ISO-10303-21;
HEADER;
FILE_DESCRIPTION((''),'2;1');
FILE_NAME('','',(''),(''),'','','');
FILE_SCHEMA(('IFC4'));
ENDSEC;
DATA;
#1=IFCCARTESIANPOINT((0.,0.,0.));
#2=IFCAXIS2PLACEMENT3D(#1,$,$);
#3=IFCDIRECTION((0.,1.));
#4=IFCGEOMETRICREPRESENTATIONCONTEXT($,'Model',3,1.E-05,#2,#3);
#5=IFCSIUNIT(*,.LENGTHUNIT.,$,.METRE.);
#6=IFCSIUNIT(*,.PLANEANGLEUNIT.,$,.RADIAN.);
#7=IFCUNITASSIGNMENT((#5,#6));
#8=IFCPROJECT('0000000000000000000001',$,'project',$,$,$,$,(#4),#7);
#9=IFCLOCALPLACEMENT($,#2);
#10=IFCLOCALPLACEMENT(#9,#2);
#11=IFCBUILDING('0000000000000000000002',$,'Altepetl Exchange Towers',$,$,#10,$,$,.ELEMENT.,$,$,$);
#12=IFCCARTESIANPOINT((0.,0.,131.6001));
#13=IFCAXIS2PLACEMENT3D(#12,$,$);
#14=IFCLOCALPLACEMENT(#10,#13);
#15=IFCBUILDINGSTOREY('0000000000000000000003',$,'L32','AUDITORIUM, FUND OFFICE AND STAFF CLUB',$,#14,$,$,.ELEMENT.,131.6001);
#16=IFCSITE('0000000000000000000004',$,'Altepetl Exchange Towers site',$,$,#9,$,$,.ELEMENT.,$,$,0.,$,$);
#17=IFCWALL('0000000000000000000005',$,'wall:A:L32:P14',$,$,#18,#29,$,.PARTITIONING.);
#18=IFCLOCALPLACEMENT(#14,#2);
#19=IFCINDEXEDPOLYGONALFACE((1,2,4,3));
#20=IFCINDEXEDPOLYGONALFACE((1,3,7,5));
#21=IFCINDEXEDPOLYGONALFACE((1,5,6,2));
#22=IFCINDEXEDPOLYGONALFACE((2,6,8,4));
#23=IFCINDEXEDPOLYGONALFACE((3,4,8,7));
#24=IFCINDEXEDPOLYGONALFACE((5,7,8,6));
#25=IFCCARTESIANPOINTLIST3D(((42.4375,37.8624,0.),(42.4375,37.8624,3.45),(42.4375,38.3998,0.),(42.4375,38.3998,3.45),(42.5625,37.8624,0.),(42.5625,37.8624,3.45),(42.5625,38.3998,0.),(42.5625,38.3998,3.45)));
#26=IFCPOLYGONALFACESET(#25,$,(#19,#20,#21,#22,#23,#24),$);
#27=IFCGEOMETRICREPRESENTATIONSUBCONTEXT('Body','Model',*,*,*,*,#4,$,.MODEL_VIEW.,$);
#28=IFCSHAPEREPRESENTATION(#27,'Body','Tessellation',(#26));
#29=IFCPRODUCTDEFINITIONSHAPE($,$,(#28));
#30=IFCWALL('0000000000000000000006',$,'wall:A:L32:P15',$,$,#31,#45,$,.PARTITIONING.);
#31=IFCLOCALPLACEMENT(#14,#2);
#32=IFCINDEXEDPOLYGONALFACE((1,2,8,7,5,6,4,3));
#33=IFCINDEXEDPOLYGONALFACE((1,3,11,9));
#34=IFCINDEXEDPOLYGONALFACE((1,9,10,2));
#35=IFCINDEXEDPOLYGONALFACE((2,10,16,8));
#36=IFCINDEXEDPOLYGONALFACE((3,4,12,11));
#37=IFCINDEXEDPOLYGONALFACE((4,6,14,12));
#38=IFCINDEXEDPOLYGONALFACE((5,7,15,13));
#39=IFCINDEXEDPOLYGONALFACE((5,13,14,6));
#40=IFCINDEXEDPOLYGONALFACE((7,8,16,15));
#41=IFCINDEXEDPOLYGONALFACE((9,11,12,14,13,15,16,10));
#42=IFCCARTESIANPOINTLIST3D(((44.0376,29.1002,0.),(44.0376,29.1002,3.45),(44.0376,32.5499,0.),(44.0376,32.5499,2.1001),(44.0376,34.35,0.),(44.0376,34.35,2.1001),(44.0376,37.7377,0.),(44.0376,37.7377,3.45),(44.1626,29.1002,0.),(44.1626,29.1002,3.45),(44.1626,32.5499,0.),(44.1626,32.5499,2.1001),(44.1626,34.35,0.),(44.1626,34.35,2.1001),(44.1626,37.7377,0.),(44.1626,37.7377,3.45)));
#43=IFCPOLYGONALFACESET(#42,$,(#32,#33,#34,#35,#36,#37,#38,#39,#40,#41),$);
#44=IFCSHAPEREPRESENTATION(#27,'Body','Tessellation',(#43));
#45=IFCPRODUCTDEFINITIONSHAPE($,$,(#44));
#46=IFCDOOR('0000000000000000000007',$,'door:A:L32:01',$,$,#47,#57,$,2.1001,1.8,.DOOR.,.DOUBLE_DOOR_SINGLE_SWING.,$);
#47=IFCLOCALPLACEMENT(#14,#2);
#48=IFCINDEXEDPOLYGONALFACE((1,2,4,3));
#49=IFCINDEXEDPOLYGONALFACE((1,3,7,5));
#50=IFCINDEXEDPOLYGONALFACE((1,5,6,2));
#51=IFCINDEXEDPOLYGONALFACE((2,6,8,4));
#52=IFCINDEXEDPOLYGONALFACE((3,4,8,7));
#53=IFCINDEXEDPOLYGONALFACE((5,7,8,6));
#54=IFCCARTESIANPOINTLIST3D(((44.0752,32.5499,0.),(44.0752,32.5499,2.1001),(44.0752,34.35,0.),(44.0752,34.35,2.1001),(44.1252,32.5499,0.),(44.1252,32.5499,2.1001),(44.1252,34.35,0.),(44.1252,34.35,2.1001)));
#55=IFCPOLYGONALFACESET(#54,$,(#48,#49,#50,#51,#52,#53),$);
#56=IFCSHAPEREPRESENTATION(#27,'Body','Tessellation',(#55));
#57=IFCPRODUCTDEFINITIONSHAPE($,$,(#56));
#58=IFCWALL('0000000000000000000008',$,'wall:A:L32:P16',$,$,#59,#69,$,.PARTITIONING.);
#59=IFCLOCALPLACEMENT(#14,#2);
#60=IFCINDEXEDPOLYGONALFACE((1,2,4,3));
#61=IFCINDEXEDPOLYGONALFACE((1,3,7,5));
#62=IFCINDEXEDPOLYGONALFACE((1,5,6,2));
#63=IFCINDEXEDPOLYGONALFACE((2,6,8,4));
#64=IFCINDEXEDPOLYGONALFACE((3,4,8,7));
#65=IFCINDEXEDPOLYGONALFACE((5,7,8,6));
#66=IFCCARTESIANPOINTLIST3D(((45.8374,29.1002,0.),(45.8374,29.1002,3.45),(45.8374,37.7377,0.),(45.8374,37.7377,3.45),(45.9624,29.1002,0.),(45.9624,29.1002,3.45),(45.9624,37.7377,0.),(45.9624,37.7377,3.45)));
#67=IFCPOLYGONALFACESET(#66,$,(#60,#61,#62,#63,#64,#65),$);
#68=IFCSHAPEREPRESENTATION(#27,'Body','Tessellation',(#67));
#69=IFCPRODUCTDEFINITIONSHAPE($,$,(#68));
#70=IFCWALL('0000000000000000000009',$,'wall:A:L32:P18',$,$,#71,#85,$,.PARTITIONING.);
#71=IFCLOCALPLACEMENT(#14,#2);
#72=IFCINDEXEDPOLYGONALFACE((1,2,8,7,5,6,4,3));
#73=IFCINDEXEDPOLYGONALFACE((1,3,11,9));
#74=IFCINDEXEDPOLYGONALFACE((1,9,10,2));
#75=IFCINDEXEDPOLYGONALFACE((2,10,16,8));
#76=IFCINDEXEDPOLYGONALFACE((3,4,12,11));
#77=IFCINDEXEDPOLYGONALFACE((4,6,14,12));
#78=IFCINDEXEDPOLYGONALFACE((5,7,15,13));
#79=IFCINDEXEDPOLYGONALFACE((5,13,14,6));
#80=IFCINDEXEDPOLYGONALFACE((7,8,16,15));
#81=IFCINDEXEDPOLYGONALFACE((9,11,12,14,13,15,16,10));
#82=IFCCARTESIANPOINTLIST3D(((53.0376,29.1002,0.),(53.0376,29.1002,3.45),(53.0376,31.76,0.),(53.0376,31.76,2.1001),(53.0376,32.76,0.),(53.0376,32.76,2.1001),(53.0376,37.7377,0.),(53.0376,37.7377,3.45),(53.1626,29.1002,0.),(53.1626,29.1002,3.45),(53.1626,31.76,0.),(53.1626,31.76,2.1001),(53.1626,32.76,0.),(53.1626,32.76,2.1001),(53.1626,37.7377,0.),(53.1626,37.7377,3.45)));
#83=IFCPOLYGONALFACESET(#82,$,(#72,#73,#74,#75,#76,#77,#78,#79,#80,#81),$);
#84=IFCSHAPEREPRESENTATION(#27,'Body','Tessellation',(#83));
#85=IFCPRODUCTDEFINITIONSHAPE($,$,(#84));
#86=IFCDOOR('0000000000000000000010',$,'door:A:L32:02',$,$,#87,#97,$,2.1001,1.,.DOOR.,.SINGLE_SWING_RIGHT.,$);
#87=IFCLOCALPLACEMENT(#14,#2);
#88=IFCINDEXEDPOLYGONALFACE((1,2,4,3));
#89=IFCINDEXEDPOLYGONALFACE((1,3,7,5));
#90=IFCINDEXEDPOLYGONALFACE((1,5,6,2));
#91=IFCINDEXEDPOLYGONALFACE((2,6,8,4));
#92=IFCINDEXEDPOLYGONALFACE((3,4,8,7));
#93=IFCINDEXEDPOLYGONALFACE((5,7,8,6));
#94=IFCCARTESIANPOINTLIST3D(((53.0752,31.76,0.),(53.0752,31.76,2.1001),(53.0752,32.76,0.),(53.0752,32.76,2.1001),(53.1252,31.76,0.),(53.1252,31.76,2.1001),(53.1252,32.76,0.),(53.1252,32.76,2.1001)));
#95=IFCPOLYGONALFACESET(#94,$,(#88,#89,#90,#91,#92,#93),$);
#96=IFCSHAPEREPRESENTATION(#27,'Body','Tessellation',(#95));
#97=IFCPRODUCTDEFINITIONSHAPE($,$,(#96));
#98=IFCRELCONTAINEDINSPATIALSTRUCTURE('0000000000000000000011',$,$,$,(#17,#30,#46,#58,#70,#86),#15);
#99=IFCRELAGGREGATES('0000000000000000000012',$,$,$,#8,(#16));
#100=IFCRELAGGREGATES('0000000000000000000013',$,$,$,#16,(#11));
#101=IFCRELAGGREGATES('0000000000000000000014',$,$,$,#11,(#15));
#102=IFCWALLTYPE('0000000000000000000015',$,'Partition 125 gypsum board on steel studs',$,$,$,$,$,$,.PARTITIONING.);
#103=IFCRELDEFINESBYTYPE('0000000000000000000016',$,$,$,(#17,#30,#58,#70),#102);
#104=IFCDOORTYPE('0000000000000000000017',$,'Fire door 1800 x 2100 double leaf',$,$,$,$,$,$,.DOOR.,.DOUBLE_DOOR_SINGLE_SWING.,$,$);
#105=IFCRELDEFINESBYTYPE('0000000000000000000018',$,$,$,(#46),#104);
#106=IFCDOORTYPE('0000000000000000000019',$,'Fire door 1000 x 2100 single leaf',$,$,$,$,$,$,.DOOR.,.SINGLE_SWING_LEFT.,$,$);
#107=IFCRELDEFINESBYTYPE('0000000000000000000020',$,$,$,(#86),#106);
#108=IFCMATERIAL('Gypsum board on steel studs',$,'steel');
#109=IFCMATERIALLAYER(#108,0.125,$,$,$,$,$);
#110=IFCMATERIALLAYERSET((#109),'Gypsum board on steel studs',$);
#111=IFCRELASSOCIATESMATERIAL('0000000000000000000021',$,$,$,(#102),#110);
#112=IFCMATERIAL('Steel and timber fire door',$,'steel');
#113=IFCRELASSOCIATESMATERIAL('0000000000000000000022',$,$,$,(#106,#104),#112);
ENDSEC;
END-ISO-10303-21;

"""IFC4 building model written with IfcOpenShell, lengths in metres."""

from ifc_helpers import new_model, si_unit, direction, frame, frame_2d, origin, place, context, subcontext, project, spatial, rectangle, extrude, material, layer, layer_set, type_object, element, fill, save


model = new_model("IFC4")

# Units and contexts
model_context = context("Model", 3, precision=1e-05, world=origin(), true_north=direction((0.0, 1.0)))
body_context = subcontext(model_context, "Body", "Model", "MODEL_VIEW")
ifc_project = project(units=[si_unit("LENGTHUNIT", "METRE"), si_unit("PLANEANGLEUNIT", "RADIAN")], contexts=[model_context])

# Site, building, storey
site_placement = place(None, origin())
site = spatial("IfcSite", under=ifc_project, at=site_placement, Name="Altepetl Exchange Towers site", CompositionType="ELEMENT", RefElevation=0.0)
building_placement = place(site_placement, origin())
building = spatial("IfcBuilding", under=site, at=building_placement, Name="Altepetl Exchange Towers", CompositionType="ELEMENT")
storey_placement = place(building_placement, frame((0.0, 0.0, 131.6001)))
storey = spatial("IfcBuildingStorey", under=building, at=storey_placement, Name="L32", Description="AUDITORIUM, FUND OFFICE AND STAFF CLUB", CompositionType="ELEMENT", Elevation=131.6001)

# Shared definitions
ifc_material_1 = material(Name="Gypsum board on steel studs", Category="steel")
ifc_layer_1 = layer(ifc_material_1, 0.125)
ifc_layer_set_1 = layer_set([ifc_layer_1], Name="Gypsum board on steel studs")
wall_type_1 = type_object("IfcWallType", Name="Partition 125 gypsum board on steel studs", PredefinedType="PARTITIONING", material=ifc_layer_set_1)

# Shared definitions
ifc_material_2 = material(Name="Steel and timber fire door", Category="steel")
door_type_1 = type_object("IfcDoorType", Name="Fire door 1000 x 2100 single leaf", OperationType="SINGLE_SWING_LEFT", PredefinedType="DOOR", material=ifc_material_2)

# Wall
wall_1_placement = place(storey_placement, frame((42.5, 37.8625, 0.0), z_axis=(0.0, 0.0, 1.0), x_axis=(0.0, 1.0, 0.0)))
element("IfcWall", 1, at=wall_1_placement, inside=storey, type_object=wall_type_1, Name="wall:A:L32:P14", PredefinedType="PARTITIONING", context=body_context, shape_type="SweptSolid", body=[
    extrude(rectangle(XDim=0.5374, YDim=0.125, at=frame_2d((0.2686, 0.0))), origin(), (0.0, 0.0, 1.0), 3.45),
])

# Wall, opening, door
wall_2_placement = place(storey_placement, frame((44.1001, 29.1001, 0.0), z_axis=(0.0, 0.0, 1.0), x_axis=(0.0, 1.0, 0.0)))
wall_2 = element("IfcWall", 2, at=wall_2_placement, inside=storey, type_object=wall_type_1, Name="wall:A:L32:P15", PredefinedType="PARTITIONING", context=body_context, shape_type="SweptSolid", body=[
    extrude(rectangle(XDim=8.6375, YDim=0.125, at=frame_2d((4.3188, 0.0))), origin(), (0.0, 0.0, 1.0), 3.45),
])
opening_1_placement = place(wall_2_placement, frame((3.45, 0.0, 0.0)))
opening_1 = element("IfcOpeningElement", 3, at=opening_1_placement, cuts=wall_2, PredefinedType="OPENING", context=body_context, shape_type="SweptSolid", body=[
    extrude(rectangle(XDim=1.8, YDim=2.1001, at=frame_2d((0.8999, 1.05))), frame((0.0, 0.0725, 0.0), z_axis=(0.0, -1.0, 0.0), x_axis=(1.0, 0.0, 0.0)), (0.0, 0.0, 1.0), 0.145),
])
door_type_2 = type_object("IfcDoorType", Name="Fire door 1800 x 2100 double leaf", OperationType="DOUBLE_DOOR_SINGLE_SWING", PredefinedType="DOOR", material=ifc_material_2)
door_1_placement = place(opening_1_placement, origin())
door_1 = element("IfcDoor", 4, at=door_1_placement, inside=storey, type_object=door_type_2, Name="door:A:L32:01", OperationType="DOUBLE_DOOR_SINGLE_SWING", OverallHeight=2.1001, OverallWidth=1.8, PredefinedType="DOOR", context=body_context, shape_type="SweptSolid", body=[
    extrude(rectangle(XDim=1.8, YDim=2.1001, at=frame_2d((0.8999, 1.05))), frame((0.0, 0.0249, 0.0), z_axis=(0.0, -1.0, 0.0), x_axis=(1.0, 0.0, 0.0)), (0.0, 0.0, 1.0), 0.05),
])
fill(opening_1, door_1)

# Wall
wall_3_placement = place(storey_placement, frame((45.8999, 29.1001, 0.0), z_axis=(0.0, 0.0, 1.0), x_axis=(0.0, 1.0, 0.0)))
element("IfcWall", 5, at=wall_3_placement, inside=storey, type_object=wall_type_1, Name="wall:A:L32:P16", PredefinedType="PARTITIONING", context=body_context, shape_type="SweptSolid", body=[
    extrude(rectangle(XDim=8.6375, YDim=0.125, at=frame_2d((4.3188, 0.0))), origin(), (0.0, 0.0, 1.0), 3.45),
])

# Wall, opening, door
wall_4_placement = place(storey_placement, frame((53.1001, 29.1001, 0.0), z_axis=(0.0, 0.0, 1.0), x_axis=(0.0, 1.0, 0.0)))
wall_4 = element("IfcWall", 6, at=wall_4_placement, inside=storey, type_object=wall_type_1, Name="wall:A:L32:P18", PredefinedType="PARTITIONING", context=body_context, shape_type="SweptSolid", body=[
    extrude(rectangle(XDim=8.6375, YDim=0.125, at=frame_2d((4.3188, 0.0))), origin(), (0.0, 0.0, 1.0), 3.45),
])
opening_2_placement = place(wall_4_placement, frame((2.6599, 0.0, 0.0)))
opening_2 = element("IfcOpeningElement", 7, at=opening_2_placement, cuts=wall_4, PredefinedType="OPENING", context=body_context, shape_type="SweptSolid", body=[
    extrude(rectangle(XDim=1.0, YDim=2.1001, at=frame_2d((0.5, 1.05))), frame((0.0, 0.0725, 0.0), z_axis=(0.0, -1.0, 0.0), x_axis=(1.0, 0.0, 0.0)), (0.0, 0.0, 1.0), 0.145),
])
door_2_placement = place(opening_2_placement, origin())
door_2 = element("IfcDoor", 8, at=door_2_placement, inside=storey, type_object=door_type_1, Name="door:A:L32:02", OperationType="SINGLE_SWING_RIGHT", OverallHeight=2.1001, OverallWidth=1.0, PredefinedType="DOOR", context=body_context, shape_type="SweptSolid", body=[
    extrude(rectangle(XDim=1.0, YDim=2.1001, at=frame_2d((0.5, 1.05))), frame((0.0, 0.0249, 0.0), z_axis=(0.0, -1.0, 0.0), x_axis=(1.0, 0.0, 0.0)), (0.0, 0.0, 1.0), 0.05),
])
fill(opening_2, door_2)

save(model, "model.ifc")
